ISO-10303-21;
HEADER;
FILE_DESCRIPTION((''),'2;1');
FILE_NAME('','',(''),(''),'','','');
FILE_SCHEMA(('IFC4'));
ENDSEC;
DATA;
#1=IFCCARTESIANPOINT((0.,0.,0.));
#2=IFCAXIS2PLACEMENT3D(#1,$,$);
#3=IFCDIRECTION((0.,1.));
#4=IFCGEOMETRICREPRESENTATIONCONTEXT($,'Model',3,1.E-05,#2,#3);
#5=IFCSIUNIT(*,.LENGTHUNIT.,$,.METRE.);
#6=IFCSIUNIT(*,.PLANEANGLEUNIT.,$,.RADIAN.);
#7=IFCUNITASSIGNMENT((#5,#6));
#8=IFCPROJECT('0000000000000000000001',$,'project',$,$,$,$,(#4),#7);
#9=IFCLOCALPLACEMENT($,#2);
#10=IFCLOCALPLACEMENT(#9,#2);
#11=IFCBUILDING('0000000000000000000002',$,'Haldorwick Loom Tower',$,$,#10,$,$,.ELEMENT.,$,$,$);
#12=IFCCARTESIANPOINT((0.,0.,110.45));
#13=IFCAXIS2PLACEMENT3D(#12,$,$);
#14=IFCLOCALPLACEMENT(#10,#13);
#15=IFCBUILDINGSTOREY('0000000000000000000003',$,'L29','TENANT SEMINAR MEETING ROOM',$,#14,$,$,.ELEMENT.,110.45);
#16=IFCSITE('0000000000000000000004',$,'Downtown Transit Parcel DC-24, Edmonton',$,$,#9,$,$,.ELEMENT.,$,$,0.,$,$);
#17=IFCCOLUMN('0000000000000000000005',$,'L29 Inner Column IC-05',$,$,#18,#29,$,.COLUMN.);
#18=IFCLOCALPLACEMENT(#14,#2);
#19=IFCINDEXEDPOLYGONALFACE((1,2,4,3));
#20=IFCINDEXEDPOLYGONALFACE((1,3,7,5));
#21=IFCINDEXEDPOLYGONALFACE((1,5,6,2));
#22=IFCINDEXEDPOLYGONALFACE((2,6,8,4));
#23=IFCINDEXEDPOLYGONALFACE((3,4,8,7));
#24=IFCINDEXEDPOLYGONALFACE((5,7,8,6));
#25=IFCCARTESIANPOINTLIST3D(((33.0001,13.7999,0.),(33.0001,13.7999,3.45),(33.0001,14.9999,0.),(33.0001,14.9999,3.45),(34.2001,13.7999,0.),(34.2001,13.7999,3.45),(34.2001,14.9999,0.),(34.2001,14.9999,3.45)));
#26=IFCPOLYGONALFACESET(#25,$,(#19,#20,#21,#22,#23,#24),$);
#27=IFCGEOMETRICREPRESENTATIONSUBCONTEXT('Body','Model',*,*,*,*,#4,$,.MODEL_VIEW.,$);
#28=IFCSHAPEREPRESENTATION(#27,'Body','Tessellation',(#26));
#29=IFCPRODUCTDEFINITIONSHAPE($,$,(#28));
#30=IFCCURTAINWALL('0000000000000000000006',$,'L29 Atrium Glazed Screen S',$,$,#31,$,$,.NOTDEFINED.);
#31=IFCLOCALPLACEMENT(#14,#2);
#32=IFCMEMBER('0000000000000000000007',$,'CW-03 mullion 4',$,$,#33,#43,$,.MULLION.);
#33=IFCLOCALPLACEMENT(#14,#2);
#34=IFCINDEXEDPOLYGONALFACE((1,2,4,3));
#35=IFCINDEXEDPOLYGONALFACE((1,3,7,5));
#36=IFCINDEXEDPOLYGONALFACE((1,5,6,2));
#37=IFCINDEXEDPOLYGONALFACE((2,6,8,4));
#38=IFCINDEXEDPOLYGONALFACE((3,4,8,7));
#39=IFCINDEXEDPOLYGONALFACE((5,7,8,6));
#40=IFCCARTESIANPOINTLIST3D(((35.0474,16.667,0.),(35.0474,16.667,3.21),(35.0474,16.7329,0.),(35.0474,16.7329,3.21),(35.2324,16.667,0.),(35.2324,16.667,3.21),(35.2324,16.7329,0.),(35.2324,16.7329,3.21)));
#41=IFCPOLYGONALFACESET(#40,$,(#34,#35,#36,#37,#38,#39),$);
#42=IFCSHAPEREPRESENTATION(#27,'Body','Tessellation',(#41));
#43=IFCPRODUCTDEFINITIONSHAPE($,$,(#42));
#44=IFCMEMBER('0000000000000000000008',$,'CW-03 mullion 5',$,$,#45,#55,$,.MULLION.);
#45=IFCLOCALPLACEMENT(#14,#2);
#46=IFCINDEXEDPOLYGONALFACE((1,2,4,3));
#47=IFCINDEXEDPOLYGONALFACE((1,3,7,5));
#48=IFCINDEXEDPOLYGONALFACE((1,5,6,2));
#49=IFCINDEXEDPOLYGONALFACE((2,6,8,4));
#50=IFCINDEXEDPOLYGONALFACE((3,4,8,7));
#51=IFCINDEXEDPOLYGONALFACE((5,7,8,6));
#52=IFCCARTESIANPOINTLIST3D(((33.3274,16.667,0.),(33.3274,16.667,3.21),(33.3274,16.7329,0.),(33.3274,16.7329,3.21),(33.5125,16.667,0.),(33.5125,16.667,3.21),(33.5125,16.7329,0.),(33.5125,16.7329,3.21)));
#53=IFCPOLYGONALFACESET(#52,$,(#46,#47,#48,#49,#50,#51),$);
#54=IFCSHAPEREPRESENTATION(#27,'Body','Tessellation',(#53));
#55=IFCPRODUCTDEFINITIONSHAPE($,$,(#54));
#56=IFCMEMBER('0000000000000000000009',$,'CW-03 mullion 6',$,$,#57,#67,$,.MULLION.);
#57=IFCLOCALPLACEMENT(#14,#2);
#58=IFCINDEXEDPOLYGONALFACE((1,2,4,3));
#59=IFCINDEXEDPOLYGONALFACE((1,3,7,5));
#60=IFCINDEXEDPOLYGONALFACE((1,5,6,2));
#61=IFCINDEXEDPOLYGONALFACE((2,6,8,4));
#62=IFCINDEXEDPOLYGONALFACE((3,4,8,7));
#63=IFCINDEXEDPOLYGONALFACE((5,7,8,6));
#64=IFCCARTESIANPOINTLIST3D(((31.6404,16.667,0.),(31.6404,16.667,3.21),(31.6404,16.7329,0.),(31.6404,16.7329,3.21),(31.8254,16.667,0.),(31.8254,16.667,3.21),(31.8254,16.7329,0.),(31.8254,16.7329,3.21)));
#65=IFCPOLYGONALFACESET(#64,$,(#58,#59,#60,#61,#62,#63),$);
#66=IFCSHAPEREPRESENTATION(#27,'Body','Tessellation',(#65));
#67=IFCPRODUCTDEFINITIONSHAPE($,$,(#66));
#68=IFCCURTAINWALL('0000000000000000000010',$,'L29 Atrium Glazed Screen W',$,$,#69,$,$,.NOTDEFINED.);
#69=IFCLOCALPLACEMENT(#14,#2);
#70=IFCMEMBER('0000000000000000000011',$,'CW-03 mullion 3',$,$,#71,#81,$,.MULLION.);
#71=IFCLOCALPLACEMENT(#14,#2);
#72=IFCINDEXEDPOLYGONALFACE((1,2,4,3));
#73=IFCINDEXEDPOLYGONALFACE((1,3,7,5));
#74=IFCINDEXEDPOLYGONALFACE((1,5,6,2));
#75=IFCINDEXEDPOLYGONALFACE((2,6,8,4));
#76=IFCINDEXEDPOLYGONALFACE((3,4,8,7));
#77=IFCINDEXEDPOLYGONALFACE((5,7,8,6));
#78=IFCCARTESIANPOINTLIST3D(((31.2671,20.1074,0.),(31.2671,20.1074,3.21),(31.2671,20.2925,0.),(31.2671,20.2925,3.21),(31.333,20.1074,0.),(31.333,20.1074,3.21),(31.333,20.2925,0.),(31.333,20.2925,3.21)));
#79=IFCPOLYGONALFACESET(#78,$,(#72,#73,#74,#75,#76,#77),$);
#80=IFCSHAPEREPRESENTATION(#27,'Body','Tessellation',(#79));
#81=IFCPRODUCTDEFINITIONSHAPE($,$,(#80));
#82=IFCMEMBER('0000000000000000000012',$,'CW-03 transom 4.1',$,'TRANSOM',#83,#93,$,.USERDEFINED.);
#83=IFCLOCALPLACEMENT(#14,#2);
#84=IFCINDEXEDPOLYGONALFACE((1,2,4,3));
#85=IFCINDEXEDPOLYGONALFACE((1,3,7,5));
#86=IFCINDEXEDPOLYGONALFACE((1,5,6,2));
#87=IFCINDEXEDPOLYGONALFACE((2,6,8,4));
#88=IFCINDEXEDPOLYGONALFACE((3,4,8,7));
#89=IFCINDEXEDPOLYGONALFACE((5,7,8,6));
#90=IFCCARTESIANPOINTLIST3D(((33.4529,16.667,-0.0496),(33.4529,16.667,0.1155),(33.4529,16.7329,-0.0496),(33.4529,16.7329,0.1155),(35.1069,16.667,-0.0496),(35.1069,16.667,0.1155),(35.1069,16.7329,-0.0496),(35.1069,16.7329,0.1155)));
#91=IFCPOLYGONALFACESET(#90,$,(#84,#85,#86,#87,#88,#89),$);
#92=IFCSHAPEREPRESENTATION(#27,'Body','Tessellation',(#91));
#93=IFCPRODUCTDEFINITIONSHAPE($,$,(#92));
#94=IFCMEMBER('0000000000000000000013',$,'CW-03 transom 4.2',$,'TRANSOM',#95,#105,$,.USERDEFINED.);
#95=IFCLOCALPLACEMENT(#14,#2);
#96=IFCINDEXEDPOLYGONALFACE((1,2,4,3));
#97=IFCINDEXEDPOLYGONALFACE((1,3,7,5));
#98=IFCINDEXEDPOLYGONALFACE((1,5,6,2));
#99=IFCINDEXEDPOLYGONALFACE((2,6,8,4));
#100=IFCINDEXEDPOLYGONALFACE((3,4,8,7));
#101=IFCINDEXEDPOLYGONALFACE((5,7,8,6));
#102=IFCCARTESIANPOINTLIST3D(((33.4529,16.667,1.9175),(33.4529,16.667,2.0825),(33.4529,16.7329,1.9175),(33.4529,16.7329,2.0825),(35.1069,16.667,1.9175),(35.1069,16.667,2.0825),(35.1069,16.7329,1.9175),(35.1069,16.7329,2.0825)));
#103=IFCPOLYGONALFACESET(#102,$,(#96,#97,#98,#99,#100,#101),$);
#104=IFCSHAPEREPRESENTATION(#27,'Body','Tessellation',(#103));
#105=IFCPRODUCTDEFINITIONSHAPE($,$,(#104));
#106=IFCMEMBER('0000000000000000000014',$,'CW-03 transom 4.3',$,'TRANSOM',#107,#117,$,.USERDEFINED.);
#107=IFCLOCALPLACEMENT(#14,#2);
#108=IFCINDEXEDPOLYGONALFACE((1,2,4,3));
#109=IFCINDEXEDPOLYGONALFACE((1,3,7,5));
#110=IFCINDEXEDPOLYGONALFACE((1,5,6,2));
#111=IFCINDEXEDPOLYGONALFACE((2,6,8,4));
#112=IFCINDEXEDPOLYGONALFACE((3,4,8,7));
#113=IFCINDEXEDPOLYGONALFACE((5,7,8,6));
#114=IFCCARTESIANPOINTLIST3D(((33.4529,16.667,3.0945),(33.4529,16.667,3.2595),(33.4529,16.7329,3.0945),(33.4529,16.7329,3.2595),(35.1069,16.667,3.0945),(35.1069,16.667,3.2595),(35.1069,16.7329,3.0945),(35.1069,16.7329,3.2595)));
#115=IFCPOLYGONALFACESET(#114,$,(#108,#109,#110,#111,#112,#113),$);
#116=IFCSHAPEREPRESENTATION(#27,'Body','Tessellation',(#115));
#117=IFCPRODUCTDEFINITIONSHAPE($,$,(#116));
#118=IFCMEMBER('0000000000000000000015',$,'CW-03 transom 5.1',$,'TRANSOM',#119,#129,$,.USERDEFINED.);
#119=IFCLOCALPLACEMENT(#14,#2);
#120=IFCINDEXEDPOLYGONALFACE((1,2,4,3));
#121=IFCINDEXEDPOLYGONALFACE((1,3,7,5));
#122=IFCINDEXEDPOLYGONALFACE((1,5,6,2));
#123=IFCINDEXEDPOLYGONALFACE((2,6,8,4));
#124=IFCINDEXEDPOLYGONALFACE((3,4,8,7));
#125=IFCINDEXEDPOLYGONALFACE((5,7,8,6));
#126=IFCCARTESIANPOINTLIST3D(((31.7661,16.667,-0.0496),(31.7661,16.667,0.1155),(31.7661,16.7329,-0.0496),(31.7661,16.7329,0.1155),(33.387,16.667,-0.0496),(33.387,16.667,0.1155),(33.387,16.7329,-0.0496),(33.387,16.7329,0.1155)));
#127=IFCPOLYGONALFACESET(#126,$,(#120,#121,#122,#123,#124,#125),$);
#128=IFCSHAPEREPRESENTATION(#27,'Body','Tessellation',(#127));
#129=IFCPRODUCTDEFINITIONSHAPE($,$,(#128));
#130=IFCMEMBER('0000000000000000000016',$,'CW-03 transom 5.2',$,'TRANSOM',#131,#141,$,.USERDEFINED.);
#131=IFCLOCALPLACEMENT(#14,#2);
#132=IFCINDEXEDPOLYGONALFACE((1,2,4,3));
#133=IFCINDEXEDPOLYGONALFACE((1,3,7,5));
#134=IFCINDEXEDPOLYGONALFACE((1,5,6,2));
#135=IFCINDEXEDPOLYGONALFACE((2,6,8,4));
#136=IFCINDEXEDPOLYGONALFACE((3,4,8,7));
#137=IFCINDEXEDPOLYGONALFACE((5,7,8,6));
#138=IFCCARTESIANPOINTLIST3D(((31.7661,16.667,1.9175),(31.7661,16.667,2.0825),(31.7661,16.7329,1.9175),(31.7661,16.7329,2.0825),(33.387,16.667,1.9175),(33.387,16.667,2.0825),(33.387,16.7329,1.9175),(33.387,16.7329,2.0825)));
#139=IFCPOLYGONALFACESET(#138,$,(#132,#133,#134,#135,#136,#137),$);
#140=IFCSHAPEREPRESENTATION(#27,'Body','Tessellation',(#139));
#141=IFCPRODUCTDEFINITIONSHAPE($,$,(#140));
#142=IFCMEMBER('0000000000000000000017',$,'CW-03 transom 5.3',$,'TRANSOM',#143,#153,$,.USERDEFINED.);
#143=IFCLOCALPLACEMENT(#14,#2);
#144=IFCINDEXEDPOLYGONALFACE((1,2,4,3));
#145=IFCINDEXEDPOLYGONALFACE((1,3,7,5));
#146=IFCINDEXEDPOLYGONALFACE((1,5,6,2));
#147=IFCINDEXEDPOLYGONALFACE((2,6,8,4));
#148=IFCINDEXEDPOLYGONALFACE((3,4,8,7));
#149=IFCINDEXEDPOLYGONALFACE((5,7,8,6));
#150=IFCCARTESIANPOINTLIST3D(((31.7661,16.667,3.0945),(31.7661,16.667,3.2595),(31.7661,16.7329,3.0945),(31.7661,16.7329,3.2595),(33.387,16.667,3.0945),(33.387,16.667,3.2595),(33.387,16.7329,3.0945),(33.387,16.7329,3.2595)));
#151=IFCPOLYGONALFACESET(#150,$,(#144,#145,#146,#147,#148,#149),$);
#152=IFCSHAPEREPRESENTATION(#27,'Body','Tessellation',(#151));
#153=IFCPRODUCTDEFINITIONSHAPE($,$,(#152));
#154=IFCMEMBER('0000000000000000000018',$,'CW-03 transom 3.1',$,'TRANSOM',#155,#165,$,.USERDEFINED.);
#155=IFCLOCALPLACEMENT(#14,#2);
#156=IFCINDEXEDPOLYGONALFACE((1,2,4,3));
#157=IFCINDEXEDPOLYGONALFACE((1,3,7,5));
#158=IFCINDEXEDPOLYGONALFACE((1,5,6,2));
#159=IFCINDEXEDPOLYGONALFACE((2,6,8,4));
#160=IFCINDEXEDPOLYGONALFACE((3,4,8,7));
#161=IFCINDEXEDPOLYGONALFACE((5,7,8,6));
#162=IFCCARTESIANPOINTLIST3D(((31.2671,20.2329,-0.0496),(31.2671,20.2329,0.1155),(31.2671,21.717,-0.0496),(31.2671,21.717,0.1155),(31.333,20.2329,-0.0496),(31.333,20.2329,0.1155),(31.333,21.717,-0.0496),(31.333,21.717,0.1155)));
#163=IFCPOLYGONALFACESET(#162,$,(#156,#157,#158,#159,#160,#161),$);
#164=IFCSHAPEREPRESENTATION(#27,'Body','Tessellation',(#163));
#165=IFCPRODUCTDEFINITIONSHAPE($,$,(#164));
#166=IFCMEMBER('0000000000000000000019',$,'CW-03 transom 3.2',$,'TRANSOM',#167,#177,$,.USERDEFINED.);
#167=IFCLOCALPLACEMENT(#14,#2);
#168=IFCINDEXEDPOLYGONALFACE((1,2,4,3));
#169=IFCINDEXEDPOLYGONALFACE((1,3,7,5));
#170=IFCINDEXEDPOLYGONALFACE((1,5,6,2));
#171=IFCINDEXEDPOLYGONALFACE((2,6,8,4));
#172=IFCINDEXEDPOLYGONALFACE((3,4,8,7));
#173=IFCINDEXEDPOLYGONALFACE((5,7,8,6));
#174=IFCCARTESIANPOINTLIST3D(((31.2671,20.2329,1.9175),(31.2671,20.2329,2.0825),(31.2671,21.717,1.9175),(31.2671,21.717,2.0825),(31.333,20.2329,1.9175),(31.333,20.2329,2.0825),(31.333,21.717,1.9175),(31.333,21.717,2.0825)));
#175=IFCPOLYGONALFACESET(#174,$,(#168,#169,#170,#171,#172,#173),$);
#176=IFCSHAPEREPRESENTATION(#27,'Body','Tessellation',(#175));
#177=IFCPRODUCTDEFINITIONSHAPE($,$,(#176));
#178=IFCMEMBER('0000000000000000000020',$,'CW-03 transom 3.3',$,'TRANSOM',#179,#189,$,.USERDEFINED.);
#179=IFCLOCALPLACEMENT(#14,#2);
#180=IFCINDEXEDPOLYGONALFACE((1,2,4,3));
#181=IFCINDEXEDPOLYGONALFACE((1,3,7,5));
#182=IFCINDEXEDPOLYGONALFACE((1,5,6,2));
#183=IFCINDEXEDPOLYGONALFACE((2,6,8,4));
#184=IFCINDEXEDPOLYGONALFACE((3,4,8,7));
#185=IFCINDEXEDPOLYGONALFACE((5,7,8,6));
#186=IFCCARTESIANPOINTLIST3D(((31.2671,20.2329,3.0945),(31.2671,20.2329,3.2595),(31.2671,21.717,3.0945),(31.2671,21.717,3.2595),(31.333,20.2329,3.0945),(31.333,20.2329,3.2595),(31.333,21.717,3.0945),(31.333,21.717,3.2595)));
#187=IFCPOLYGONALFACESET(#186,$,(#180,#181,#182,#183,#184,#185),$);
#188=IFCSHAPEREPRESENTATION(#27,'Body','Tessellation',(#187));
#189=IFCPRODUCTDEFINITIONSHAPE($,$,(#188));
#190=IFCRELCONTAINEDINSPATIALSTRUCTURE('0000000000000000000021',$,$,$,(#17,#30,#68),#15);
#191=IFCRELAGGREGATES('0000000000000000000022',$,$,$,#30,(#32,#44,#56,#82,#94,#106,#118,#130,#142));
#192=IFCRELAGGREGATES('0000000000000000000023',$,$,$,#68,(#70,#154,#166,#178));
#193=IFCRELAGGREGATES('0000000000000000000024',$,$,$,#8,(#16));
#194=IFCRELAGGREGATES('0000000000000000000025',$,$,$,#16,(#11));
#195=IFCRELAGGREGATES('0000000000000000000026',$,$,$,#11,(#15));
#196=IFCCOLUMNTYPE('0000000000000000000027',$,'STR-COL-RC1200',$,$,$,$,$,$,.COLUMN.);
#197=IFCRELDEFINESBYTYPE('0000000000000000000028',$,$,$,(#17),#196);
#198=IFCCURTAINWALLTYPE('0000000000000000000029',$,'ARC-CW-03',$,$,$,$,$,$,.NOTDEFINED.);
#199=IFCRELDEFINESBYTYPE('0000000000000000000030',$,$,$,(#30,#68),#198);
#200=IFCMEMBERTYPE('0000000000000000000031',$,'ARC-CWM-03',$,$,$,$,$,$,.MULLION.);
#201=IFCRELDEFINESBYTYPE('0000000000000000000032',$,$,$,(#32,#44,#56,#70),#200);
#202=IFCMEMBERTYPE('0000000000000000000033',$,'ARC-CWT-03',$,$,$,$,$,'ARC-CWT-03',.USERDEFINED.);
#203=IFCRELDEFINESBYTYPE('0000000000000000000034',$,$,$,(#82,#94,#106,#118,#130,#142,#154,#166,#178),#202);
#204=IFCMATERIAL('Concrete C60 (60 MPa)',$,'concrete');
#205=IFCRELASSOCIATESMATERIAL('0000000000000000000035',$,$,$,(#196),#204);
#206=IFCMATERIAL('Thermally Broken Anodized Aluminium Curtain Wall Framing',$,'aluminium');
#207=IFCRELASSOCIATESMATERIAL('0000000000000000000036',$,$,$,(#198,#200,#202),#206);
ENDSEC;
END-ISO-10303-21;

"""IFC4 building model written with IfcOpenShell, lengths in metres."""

from ifc_helpers import new_model, si_unit, direction, frame, origin, origin_2d, place, context, subcontext, project, spatial, rectangle, extrude, material, material_profile, profile_set, type_object, element, aggregate, save


model = new_model("IFC4")

# Units and contexts
model_context = context("Model", 3, precision=1e-05, world=origin(), true_north=direction((0.0, 1.0)))
body_context = subcontext(model_context, "Body", "Model", "MODEL_VIEW")
ifc_project = project(units=[si_unit("LENGTHUNIT", "METRE"), si_unit("PLANEANGLEUNIT", "RADIAN")], contexts=[model_context])

# Site, building, storey
site_placement = place(None, origin())
site = spatial("IfcSite", under=ifc_project, at=site_placement, Name="Downtown Transit Parcel DC-24, Edmonton", CompositionType="ELEMENT", RefElevation=0.0)
building_placement = place(site_placement, origin())
building = spatial("IfcBuilding", under=site, at=building_placement, Name="Haldorwick Loom Tower", CompositionType="ELEMENT")
storey_placement = place(building_placement, frame((0.0, 0.0, 110.45)))
storey = spatial("IfcBuildingStorey", under=building, at=storey_placement, Name="L29", Description="TENANT SEMINAR MEETING ROOM", CompositionType="ELEMENT", Elevation=110.45)

# Column
ifc_material_1 = material(Name="Concrete C60 (60 MPa)", Category="concrete")
ifc_material_profile_1 = material_profile(ifc_material_1, rectangle(XDim=1.2, YDim=1.2, at=origin_2d()), Name="RC1200X1200", Category="concrete")
ifc_profile_set_1 = profile_set([ifc_material_profile_1], Name="Concrete C60 (60 MPa)")
column_type = type_object("IfcColumnType", Name="STR-COL-RC1200", PredefinedType="COLUMN", material=ifc_profile_set_1)
column_placement = place(storey_placement, frame((33.6001, 14.3999, 0.0), z_axis=(0.0, 0.0, 1.0), x_axis=(1.0, 0.0, 0.0)))
element("IfcColumn", 1, at=column_placement, inside=storey, type_object=column_type, Name="L29 Inner Column IC-05", PredefinedType="COLUMN", context=body_context, shape_type="SweptSolid", body=[
    extrude(rectangle(XDim=1.2, YDim=1.2, at=origin_2d()), origin(), (0.0, 0.0, 1.0), 3.45),
])

# Curtain wall, members
ifc_material_2 = material(Name="Thermally Broken Anodized Aluminium Curtain Wall Framing", Category="aluminium")
curtain_wall_type = type_object("IfcCurtainWallType", Name="ARC-CW-03", PredefinedType="NOTDEFINED", material=ifc_material_2)
curtain_wall_1_placement = place(storey_placement, origin())
curtain_wall_1 = element("IfcCurtainWall", 2, at=curtain_wall_1_placement, inside=storey, type_object=curtain_wall_type, Name="L29 Atrium Glazed Screen S", PredefinedType="NOTDEFINED")
ifc_material_profile_2 = material_profile(ifc_material_2, rectangle(XDim=0.0659, YDim=0.1851, at=origin_2d()), Name="ALU_MUL_66X185", Category="aluminium")
ifc_profile_set_2 = profile_set([ifc_material_profile_2], Name="Thermally Broken Anodized Aluminium Curtain Wall Framing")
member_type_1 = type_object("IfcMemberType", Name="ARC-CWM-03", PredefinedType="MULLION", material=ifc_profile_set_2)
member_1_placement = place(storey_placement, frame((35.1399, 16.7, 0.0), z_axis=(0.0, 0.0, 1.0), x_axis=(0.0, -1.0, 0.0)))
member_1 = element("IfcMember", 3, at=member_1_placement, type_object=member_type_1, Name="CW-03 mullion 4", PredefinedType="MULLION", context=body_context, shape_type="SweptSolid", body=[
    extrude(rectangle(XDim=0.0659, YDim=0.1851, at=origin_2d()), origin(), (0.0, 0.0, 1.0), 3.21),
])
member_2_placement = place(storey_placement, frame((33.4199, 16.7, 0.0), z_axis=(0.0, 0.0, 1.0), x_axis=(0.0, -1.0, 0.0)))
member_2 = element("IfcMember", 4, at=member_2_placement, type_object=member_type_1, Name="CW-03 mullion 5", PredefinedType="MULLION", context=body_context, shape_type="SweptSolid", body=[
    extrude(rectangle(XDim=0.0659, YDim=0.1851, at=origin_2d()), origin(), (0.0, 0.0, 1.0), 3.21),
])
member_3_placement = place(storey_placement, frame((31.7329, 16.7, 0.0), z_axis=(0.0, 0.0, 1.0), x_axis=(0.0, -1.0, 0.0)))
member_3 = element("IfcMember", 5, at=member_3_placement, type_object=member_type_1, Name="CW-03 mullion 6", PredefinedType="MULLION", context=body_context, shape_type="SweptSolid", body=[
    extrude(rectangle(XDim=0.0659, YDim=0.1851, at=origin_2d()), origin(), (0.0, 0.0, 1.0), 3.21),
])

# Curtain wall, member
curtain_wall_2_placement = place(storey_placement, origin())
curtain_wall_2 = element("IfcCurtainWall", 6, at=curtain_wall_2_placement, inside=storey, type_object=curtain_wall_type, Name="L29 Atrium Glazed Screen W", PredefinedType="NOTDEFINED")
member_4_placement = place(storey_placement, frame((31.3, 20.2, 0.0), z_axis=(0.0, 0.0, 1.0), x_axis=(-1.0, 0.0, 0.0)))
member_4 = element("IfcMember", 7, at=member_4_placement, type_object=member_type_1, Name="CW-03 mullion 3", PredefinedType="MULLION", context=body_context, shape_type="SweptSolid", body=[
    extrude(rectangle(XDim=0.0659, YDim=0.1851, at=origin_2d()), origin(), (0.0, 0.0, 1.0), 3.21),
])

# Members
ifc_material_profile_3 = material_profile(ifc_material_2, rectangle(XDim=0.0659, YDim=0.165, at=origin_2d()), Name="ALU_TRN_66X165", Category="aluminium")
ifc_profile_set_3 = profile_set([ifc_material_profile_3], Name="Thermally Broken Anodized Aluminium Curtain Wall Framing")
member_type_2 = type_object("IfcMemberType", Name="ARC-CWT-03", ElementType="ARC-CWT-03", PredefinedType="USERDEFINED", material=ifc_profile_set_3)
member_5_placement = place(storey_placement, frame((35.1069, 16.7, 0.033), z_axis=(-1.0, 0.0, 0.0), x_axis=(0.0, -1.0, 0.0)))
member_5 = element("IfcMember", 8, at=member_5_placement, type_object=member_type_2, Name="CW-03 transom 4.1", ObjectType="TRANSOM", PredefinedType="USERDEFINED", context=body_context, shape_type="SweptSolid", body=[
    extrude(rectangle(XDim=0.0659, YDim=0.165, at=origin_2d()), origin(), (0.0, 0.0, 1.0), 1.6541),
])
member_6_placement = place(storey_placement, frame((35.1069, 16.7, 2.0), z_axis=(-1.0, 0.0, 0.0), x_axis=(0.0, -1.0, 0.0)))
member_6 = element("IfcMember", 9, at=member_6_placement, type_object=member_type_2, Name="CW-03 transom 4.2", ObjectType="TRANSOM", PredefinedType="USERDEFINED", context=body_context, shape_type="SweptSolid", body=[
    extrude(rectangle(XDim=0.0659, YDim=0.165, at=origin_2d()), origin(), (0.0, 0.0, 1.0), 1.6541),
])
member_7_placement = place(storey_placement, frame((35.1069, 16.7, 3.177), z_axis=(-1.0, 0.0, 0.0), x_axis=(0.0, -1.0, 0.0)))
member_7 = element("IfcMember", 10, at=member_7_placement, type_object=member_type_2, Name="CW-03 transom 4.3", ObjectType="TRANSOM", PredefinedType="USERDEFINED", context=body_context, shape_type="SweptSolid", body=[
    extrude(rectangle(XDim=0.0659, YDim=0.165, at=origin_2d()), origin(), (0.0, 0.0, 1.0), 1.6541),
])
member_8_placement = place(storey_placement, frame((33.387, 16.7, 0.033), z_axis=(-1.0, 0.0, 0.0), x_axis=(0.0, -1.0, 0.0)))
member_8 = element("IfcMember", 11, at=member_8_placement, type_object=member_type_2, Name="CW-03 transom 5.1", ObjectType="TRANSOM", PredefinedType="USERDEFINED", context=body_context, shape_type="SweptSolid", body=[
    extrude(rectangle(XDim=0.0659, YDim=0.165, at=origin_2d()), origin(), (0.0, 0.0, 1.0), 1.6208),
])
member_9_placement = place(storey_placement, frame((33.387, 16.7, 2.0), z_axis=(-1.0, 0.0, 0.0), x_axis=(0.0, -1.0, 0.0)))
member_9 = element("IfcMember", 12, at=member_9_placement, type_object=member_type_2, Name="CW-03 transom 5.2", ObjectType="TRANSOM", PredefinedType="USERDEFINED", context=body_context, shape_type="SweptSolid", body=[
    extrude(rectangle(XDim=0.0659, YDim=0.165, at=origin_2d()), origin(), (0.0, 0.0, 1.0), 1.6208),
])
member_10_placement = place(storey_placement, frame((33.387, 16.7, 3.177), z_axis=(-1.0, 0.0, 0.0), x_axis=(0.0, -1.0, 0.0)))
member_10 = element("IfcMember", 13, at=member_10_placement, type_object=member_type_2, Name="CW-03 transom 5.3", ObjectType="TRANSOM", PredefinedType="USERDEFINED", context=body_context, shape_type="SweptSolid", body=[
    extrude(rectangle(XDim=0.0659, YDim=0.165, at=origin_2d()), origin(), (0.0, 0.0, 1.0), 1.6208),
])
member_11_placement = place(storey_placement, frame((31.3, 20.2329, 0.033), z_axis=(0.0, 1.0, 0.0), x_axis=(-1.0, 0.0, 0.0)))
member_11 = element("IfcMember", 14, at=member_11_placement, type_object=member_type_2, Name="CW-03 transom 3.1", ObjectType="TRANSOM", PredefinedType="USERDEFINED", context=body_context, shape_type="SweptSolid", body=[
    extrude(rectangle(XDim=0.0659, YDim=0.165, at=origin_2d()), origin(), (0.0, 0.0, 1.0), 1.4841),
])
member_12_placement = place(storey_placement, frame((31.3, 20.2329, 2.0), z_axis=(0.0, 1.0, 0.0), x_axis=(-1.0, 0.0, 0.0)))
member_12 = element("IfcMember", 15, at=member_12_placement, type_object=member_type_2, Name="CW-03 transom 3.2", ObjectType="TRANSOM", PredefinedType="USERDEFINED", context=body_context, shape_type="SweptSolid", body=[
    extrude(rectangle(XDim=0.0659, YDim=0.165, at=origin_2d()), origin(), (0.0, 0.0, 1.0), 1.4841),
])
member_13_placement = place(storey_placement, frame((31.3, 20.2329, 3.177), z_axis=(0.0, 1.0, 0.0), x_axis=(-1.0, 0.0, 0.0)))
member_13 = element("IfcMember", 16, at=member_13_placement, type_object=member_type_2, Name="CW-03 transom 3.3", ObjectType="TRANSOM", PredefinedType="USERDEFINED", context=body_context, shape_type="SweptSolid", body=[
    extrude(rectangle(XDim=0.0659, YDim=0.165, at=origin_2d()), origin(), (0.0, 0.0, 1.0), 1.4841),
])

aggregate(curtain_wall_1, [member_1, member_2, member_3, member_5, member_6, member_7, member_8, member_9, member_10])
aggregate(curtain_wall_2, [member_4, member_11, member_12, member_13])

save(model, "model.ifc")
